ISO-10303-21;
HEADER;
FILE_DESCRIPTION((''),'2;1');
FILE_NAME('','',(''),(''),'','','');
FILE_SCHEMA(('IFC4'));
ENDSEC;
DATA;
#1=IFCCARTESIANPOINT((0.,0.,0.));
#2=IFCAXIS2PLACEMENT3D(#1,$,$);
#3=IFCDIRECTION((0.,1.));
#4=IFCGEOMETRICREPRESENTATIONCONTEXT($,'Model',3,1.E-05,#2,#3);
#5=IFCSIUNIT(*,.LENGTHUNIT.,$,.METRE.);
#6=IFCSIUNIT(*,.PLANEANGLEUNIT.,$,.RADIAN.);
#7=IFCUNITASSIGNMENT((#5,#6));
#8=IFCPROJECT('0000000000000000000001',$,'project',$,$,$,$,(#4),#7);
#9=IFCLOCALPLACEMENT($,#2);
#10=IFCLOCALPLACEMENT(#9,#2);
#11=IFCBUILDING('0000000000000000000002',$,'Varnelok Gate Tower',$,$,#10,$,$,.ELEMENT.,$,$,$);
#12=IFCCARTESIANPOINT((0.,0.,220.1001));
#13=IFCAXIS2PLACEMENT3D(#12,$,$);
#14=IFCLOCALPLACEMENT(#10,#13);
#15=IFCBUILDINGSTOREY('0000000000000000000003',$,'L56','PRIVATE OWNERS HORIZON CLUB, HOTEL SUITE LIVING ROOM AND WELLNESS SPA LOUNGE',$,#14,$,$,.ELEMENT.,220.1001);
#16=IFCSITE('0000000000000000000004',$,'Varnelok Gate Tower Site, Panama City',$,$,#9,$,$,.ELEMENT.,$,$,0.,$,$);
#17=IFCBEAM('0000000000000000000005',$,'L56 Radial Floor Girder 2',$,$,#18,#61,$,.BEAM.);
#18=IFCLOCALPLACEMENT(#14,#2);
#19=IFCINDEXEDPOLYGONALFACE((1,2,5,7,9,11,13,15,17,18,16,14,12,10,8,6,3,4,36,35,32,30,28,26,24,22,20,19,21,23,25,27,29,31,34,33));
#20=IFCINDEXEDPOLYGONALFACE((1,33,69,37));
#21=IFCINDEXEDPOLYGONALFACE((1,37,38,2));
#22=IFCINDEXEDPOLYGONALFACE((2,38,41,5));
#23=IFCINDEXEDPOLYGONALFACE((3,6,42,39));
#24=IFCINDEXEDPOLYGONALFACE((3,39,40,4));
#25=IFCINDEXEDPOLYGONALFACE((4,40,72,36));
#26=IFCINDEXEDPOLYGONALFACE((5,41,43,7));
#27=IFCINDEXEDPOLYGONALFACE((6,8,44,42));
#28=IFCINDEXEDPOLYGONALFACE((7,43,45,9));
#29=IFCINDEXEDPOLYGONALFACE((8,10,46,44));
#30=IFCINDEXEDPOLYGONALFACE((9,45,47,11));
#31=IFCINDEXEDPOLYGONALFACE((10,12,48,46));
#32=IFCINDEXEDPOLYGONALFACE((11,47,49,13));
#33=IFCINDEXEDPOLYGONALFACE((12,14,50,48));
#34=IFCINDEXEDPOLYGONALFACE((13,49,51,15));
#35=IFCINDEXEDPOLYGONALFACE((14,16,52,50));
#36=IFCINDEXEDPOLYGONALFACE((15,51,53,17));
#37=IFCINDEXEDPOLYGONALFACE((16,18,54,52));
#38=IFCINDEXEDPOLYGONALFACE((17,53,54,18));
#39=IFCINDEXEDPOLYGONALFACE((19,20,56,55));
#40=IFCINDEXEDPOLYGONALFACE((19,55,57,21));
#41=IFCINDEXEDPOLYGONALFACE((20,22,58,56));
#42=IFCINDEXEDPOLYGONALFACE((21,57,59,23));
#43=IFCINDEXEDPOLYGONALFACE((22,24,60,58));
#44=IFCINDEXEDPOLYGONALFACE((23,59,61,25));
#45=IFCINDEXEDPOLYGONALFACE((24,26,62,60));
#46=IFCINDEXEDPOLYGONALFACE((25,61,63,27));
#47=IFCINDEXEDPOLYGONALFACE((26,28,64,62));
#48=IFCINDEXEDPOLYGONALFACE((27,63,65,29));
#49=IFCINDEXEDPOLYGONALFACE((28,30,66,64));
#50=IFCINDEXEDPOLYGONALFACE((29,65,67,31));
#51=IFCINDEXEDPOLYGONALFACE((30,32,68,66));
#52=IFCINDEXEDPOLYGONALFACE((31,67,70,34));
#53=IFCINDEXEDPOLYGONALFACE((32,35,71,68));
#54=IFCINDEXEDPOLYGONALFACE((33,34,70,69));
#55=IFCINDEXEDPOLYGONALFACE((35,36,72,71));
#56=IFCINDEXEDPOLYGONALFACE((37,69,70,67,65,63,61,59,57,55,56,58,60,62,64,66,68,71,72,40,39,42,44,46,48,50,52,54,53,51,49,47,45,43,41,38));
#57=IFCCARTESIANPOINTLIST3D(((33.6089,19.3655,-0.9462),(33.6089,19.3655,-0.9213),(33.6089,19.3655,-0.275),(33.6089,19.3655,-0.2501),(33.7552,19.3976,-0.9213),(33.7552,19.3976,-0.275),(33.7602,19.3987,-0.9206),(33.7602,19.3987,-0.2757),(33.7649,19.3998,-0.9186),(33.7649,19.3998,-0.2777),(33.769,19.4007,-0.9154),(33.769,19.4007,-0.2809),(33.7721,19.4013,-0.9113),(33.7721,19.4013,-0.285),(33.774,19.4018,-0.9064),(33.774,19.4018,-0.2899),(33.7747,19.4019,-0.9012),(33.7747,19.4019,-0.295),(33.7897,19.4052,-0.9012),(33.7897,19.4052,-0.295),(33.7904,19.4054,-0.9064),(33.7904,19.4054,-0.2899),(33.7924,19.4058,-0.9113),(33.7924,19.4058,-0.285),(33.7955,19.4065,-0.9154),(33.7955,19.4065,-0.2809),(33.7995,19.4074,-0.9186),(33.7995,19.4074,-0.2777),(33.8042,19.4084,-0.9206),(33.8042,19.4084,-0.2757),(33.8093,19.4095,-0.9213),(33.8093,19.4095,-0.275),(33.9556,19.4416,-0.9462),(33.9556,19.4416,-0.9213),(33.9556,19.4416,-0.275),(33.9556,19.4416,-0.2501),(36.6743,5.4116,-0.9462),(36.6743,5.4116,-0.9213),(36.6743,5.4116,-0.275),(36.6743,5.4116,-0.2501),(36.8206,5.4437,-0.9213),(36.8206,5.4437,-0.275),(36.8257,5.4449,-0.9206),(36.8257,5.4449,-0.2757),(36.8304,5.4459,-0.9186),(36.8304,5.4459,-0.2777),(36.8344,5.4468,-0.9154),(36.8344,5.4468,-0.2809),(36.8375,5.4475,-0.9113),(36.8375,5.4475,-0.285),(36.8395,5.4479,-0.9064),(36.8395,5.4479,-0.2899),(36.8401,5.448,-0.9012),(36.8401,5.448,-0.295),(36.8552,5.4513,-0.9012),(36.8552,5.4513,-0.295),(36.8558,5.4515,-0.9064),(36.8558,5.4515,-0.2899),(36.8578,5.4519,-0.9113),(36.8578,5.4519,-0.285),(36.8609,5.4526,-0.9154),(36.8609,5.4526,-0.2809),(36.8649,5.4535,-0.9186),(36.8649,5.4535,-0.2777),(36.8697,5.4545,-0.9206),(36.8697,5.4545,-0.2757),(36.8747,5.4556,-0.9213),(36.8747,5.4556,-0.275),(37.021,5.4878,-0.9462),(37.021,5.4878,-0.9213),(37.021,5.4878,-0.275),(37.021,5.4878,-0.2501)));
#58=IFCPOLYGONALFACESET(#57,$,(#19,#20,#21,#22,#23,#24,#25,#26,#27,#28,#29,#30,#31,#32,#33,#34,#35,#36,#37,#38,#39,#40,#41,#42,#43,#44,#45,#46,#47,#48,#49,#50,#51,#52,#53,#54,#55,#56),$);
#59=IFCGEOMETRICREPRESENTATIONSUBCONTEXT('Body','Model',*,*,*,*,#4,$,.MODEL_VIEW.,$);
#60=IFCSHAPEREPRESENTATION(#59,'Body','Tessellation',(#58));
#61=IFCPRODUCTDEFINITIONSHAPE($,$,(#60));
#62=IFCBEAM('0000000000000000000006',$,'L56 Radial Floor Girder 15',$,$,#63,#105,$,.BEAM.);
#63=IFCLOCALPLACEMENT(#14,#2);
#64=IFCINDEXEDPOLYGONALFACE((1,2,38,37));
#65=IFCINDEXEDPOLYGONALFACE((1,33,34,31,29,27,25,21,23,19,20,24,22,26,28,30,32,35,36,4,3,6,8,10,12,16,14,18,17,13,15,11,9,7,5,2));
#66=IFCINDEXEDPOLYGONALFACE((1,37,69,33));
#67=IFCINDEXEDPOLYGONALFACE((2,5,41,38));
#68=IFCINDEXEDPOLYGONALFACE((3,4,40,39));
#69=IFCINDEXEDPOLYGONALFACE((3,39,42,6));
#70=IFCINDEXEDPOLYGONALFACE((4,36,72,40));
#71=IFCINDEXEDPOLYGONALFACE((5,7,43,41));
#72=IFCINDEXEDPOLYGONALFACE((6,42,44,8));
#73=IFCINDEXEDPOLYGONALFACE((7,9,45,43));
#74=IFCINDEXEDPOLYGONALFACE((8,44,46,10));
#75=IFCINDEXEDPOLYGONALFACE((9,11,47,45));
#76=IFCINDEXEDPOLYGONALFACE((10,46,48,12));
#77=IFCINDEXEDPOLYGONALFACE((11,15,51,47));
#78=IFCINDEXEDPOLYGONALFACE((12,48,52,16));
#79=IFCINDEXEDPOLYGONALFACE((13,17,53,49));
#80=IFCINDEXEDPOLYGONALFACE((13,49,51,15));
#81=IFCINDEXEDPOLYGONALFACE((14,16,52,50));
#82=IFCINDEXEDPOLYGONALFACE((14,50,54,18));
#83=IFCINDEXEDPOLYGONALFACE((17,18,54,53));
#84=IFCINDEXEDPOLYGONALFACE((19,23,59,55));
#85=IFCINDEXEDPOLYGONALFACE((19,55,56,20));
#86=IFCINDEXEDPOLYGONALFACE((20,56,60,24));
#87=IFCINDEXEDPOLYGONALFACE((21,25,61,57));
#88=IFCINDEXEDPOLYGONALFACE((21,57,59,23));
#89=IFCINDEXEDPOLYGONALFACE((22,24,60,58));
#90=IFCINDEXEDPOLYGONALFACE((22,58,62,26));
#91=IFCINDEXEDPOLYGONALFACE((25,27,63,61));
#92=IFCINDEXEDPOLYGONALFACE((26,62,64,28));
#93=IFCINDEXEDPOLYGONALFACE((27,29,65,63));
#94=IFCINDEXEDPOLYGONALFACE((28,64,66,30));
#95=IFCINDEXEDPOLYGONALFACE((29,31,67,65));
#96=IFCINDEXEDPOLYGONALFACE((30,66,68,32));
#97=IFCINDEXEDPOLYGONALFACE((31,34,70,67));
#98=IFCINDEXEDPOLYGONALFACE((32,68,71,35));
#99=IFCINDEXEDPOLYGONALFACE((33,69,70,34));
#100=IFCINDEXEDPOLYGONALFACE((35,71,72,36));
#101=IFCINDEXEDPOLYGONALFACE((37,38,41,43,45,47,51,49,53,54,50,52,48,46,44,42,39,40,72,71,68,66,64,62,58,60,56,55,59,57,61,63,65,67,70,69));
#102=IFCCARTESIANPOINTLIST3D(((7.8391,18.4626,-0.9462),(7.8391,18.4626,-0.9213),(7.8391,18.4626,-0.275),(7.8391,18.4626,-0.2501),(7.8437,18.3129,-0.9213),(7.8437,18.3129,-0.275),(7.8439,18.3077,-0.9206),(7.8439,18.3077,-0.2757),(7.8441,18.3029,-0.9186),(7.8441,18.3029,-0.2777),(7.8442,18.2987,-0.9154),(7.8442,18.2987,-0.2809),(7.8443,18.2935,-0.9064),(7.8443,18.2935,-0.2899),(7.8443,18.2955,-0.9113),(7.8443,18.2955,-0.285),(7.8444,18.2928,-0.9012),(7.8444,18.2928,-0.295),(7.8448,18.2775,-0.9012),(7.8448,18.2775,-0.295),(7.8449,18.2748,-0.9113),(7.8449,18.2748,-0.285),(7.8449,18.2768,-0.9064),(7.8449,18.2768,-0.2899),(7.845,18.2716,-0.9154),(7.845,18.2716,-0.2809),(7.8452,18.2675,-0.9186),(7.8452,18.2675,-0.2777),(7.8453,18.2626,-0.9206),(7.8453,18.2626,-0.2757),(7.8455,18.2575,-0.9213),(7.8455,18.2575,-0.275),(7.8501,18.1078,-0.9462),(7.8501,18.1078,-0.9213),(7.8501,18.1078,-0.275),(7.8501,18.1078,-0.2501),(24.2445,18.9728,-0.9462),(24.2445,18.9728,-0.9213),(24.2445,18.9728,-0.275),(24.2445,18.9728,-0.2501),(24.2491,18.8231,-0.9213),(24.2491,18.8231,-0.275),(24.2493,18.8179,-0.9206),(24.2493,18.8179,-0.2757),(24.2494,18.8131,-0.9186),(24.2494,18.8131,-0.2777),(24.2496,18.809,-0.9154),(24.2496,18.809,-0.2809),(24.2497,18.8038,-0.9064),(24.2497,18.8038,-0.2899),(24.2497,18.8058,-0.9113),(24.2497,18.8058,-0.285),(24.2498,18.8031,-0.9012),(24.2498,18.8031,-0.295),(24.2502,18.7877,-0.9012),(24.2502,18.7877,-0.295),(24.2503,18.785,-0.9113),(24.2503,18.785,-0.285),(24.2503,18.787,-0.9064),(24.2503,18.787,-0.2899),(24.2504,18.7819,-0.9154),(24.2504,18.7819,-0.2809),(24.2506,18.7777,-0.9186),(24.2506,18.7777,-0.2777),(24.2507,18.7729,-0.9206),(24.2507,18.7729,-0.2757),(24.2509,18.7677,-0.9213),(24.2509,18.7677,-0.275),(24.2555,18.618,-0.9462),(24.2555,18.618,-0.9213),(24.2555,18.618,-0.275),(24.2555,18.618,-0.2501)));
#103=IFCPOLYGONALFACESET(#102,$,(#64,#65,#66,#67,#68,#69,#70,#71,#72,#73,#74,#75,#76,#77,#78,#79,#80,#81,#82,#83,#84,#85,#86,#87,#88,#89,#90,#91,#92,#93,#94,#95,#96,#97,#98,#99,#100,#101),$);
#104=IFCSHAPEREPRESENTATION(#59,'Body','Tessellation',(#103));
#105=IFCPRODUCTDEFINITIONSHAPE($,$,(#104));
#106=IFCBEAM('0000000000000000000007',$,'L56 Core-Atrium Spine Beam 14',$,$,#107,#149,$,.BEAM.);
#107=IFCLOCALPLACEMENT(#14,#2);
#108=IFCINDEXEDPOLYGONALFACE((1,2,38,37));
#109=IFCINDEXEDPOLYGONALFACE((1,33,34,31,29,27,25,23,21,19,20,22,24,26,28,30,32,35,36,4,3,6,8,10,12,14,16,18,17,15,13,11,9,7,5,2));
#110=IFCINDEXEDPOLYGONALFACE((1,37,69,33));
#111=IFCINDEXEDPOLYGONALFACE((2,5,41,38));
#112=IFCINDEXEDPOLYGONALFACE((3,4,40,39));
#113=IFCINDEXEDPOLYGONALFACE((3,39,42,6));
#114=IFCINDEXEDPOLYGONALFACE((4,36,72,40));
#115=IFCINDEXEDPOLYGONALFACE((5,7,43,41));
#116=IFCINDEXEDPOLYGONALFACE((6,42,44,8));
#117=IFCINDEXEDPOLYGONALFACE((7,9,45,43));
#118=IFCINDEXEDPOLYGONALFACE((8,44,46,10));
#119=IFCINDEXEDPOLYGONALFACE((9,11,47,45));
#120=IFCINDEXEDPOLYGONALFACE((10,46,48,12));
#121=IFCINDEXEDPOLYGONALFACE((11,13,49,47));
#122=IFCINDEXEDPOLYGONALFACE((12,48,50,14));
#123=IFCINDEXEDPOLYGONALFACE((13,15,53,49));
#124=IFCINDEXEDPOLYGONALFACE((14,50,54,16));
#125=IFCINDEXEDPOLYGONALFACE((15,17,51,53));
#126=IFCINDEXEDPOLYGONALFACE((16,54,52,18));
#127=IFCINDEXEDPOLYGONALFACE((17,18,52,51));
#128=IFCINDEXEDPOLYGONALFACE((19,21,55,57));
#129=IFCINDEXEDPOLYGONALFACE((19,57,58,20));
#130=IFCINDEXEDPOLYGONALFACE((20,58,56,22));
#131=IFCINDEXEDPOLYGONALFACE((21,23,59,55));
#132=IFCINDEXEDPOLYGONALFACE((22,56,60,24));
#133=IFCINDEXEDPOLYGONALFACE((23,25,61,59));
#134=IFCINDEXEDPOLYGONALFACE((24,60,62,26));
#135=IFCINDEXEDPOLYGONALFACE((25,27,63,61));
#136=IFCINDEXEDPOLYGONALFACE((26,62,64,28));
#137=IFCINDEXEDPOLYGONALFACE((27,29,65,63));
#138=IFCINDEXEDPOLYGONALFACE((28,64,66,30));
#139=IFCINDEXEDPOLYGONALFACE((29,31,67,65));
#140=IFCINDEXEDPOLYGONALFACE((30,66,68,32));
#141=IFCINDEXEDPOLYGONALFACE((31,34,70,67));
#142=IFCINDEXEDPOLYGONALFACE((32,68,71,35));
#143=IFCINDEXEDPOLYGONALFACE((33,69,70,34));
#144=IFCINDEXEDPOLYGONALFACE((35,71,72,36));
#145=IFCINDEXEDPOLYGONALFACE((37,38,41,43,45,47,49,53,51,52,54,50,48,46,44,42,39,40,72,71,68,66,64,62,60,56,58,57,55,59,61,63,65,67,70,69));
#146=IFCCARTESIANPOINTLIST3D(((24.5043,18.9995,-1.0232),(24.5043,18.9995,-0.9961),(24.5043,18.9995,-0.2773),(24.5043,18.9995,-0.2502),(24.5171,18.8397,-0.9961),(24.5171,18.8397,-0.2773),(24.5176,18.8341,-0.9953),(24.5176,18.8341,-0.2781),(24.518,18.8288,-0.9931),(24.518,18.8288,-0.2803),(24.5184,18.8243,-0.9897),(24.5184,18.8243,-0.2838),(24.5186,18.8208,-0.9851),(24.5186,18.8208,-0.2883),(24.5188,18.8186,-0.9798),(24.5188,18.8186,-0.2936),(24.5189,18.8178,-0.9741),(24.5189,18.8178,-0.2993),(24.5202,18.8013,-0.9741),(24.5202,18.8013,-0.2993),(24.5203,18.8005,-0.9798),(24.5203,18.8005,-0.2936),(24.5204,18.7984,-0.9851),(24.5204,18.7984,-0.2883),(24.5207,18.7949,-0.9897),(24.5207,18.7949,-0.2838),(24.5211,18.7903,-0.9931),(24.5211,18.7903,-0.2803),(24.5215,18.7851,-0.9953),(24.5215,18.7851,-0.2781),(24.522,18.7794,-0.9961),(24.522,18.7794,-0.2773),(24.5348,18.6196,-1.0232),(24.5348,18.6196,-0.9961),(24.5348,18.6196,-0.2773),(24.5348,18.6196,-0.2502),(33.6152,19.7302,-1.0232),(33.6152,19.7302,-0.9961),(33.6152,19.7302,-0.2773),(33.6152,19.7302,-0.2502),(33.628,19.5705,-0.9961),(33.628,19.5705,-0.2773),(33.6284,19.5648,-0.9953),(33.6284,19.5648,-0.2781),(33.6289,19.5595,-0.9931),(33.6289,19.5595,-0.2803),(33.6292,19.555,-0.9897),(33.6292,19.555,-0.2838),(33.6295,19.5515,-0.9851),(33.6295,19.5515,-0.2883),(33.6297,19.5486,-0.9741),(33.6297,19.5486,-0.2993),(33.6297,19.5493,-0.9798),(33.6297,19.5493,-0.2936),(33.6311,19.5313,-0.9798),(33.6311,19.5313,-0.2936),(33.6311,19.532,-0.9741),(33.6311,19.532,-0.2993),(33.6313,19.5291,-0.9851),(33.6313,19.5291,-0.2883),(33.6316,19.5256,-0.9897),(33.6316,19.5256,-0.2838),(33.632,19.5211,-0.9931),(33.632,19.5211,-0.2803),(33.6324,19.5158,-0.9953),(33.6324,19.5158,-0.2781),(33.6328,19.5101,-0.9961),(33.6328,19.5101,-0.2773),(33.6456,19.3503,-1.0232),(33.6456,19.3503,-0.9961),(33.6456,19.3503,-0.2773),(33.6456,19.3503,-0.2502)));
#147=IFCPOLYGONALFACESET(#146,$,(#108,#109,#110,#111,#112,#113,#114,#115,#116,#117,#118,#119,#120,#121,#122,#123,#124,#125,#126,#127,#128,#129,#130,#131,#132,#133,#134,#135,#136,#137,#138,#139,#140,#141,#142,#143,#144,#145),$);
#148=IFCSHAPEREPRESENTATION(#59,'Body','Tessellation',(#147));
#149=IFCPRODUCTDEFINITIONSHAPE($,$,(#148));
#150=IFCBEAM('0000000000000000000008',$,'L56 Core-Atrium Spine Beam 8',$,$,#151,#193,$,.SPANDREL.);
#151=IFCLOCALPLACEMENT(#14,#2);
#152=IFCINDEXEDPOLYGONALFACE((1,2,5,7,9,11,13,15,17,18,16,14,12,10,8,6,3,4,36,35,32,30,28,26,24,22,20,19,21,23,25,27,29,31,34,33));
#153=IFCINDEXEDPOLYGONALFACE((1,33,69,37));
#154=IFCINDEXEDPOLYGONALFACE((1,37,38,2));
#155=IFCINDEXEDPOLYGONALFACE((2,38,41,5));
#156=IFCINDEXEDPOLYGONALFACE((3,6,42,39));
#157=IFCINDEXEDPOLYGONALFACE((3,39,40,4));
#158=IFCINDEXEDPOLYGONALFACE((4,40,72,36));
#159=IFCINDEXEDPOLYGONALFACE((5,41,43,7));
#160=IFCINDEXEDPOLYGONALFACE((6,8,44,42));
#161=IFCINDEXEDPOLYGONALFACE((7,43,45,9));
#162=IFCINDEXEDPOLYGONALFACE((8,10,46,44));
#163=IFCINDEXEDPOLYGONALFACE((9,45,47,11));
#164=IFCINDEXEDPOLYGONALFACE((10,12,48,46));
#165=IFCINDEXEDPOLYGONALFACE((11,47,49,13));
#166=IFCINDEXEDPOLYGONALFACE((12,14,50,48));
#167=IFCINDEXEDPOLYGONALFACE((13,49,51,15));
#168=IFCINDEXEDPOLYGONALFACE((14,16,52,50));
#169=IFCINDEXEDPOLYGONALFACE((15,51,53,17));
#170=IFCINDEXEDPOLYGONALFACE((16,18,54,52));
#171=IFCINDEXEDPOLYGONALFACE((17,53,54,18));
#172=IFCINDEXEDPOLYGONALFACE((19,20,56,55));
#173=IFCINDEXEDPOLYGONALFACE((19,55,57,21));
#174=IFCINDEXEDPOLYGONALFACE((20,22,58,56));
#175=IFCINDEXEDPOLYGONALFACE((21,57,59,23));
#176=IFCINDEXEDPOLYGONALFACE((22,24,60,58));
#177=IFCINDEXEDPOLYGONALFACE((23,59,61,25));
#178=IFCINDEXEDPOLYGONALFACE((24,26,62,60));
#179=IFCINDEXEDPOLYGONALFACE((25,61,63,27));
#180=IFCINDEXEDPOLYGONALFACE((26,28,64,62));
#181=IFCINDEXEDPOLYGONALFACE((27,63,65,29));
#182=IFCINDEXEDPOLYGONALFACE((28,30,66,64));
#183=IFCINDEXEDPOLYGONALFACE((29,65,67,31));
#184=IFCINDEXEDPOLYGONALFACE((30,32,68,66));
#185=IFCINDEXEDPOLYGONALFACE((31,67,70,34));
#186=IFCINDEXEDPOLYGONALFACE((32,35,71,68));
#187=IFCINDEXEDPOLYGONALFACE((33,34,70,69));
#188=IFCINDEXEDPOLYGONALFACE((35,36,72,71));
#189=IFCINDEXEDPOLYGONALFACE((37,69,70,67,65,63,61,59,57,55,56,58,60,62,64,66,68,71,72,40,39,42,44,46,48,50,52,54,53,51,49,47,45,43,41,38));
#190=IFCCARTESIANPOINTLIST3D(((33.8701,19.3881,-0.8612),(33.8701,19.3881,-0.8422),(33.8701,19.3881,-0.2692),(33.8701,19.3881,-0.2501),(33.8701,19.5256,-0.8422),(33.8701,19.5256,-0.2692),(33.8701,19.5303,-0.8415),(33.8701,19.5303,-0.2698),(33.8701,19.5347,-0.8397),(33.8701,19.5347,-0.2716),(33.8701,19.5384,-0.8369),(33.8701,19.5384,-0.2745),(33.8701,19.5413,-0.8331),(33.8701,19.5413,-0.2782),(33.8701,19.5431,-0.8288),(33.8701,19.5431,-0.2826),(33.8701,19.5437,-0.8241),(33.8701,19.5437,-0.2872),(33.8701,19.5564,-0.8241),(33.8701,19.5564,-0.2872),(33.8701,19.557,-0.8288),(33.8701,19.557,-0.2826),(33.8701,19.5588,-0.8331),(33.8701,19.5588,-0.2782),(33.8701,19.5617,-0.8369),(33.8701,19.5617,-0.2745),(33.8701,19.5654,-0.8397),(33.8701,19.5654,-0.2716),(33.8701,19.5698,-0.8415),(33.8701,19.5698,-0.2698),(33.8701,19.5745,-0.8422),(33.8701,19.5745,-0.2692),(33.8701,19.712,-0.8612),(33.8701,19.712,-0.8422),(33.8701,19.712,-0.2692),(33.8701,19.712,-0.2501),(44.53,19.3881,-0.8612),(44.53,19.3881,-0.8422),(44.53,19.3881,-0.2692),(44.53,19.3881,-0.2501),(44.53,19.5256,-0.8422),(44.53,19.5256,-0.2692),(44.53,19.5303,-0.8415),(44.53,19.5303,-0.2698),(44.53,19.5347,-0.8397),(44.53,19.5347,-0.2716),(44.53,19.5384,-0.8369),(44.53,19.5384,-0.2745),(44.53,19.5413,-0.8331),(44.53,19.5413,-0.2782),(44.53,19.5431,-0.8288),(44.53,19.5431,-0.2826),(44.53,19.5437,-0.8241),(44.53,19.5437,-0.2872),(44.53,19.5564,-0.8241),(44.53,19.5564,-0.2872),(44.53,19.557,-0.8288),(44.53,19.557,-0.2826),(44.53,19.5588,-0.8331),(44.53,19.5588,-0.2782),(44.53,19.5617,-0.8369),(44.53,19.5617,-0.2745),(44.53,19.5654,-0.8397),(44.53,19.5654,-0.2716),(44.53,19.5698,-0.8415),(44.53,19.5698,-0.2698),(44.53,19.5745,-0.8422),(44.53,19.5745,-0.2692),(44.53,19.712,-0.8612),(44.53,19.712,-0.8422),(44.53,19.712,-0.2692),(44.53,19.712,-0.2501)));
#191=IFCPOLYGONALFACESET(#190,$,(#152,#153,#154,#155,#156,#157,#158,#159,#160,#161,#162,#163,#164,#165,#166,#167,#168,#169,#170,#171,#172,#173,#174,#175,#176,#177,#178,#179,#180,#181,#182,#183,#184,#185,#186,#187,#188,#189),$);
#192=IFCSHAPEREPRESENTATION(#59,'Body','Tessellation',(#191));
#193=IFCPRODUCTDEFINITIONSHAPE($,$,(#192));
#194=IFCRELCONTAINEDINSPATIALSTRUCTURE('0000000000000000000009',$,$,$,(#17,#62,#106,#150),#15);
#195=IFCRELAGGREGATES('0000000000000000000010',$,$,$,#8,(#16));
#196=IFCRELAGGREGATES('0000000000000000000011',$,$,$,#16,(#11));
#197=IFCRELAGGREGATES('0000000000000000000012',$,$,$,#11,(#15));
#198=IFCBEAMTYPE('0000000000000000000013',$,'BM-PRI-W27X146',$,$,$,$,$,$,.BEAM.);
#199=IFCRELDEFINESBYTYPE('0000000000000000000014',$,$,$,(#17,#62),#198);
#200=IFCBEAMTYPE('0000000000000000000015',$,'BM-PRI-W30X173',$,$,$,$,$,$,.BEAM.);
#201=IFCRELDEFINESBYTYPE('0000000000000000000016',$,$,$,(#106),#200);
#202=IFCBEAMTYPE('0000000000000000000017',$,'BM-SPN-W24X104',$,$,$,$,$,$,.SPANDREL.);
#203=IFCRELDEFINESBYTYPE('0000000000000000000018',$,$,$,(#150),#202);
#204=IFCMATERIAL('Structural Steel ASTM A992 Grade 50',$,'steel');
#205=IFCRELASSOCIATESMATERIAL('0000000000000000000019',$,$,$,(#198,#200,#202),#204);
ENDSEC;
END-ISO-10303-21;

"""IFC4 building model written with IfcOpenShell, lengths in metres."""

from ifc_helpers import new_model, si_unit, direction, frame, origin, origin_2d, place, context, subcontext, project, spatial, i_section, extrude, material, material_profile, profile_set, type_object, element, save


model = new_model("IFC4")

# Units and contexts
model_context = context("Model", 3, precision=1e-05, world=origin(), true_north=direction((0.0, 1.0)))
body_context = subcontext(model_context, "Body", "Model", "MODEL_VIEW")
ifc_project = project(units=[si_unit("LENGTHUNIT", "METRE"), si_unit("PLANEANGLEUNIT", "RADIAN")], contexts=[model_context])

# Site, building, storey
site_placement = place(None, origin())
site = spatial("IfcSite", under=ifc_project, at=site_placement, Name="Varnelok Gate Tower Site, Panama City", CompositionType="ELEMENT", RefElevation=0.0)
building_placement = place(site_placement, origin())
building = spatial("IfcBuilding", under=site, at=building_placement, Name="Varnelok Gate Tower", CompositionType="ELEMENT")
storey_placement = place(building_placement, frame((0.0, 0.0, 220.1001)))
storey = spatial("IfcBuildingStorey", under=building, at=storey_placement, Name="L56", Description="PRIVATE OWNERS HORIZON CLUB, HOTEL SUITE LIVING ROOM AND WELLNESS SPA LOUNGE", CompositionType="ELEMENT", Elevation=220.1001)

# Shared definitions
ifc_material_1 = material(Name="Structural Steel ASTM A992 Grade 50", Category="steel")

# Beams
ifc_material_profile_1 = material_profile(ifc_material_1, i_section(OverallWidth=0.355, OverallDepth=0.696, WebThickness=0.0154, FlangeThickness=0.0249, FilletRadius=0.02, at=origin_2d()), Name="W27X146")
ifc_profile_set_1 = profile_set([ifc_material_profile_1], Name="Structural Steel ASTM A992 Grade 50")
beam_type_1 = type_object("IfcBeamType", Name="BM-PRI-W27X146", PredefinedType="BEAM", material=ifc_profile_set_1)
beam_1_placement = place(storey_placement, frame((33.7822, 19.4036, -0.5981), z_axis=(0.214567, -0.976709, 0.0), x_axis=(0.976709, 0.214567, 0.0)))
element("IfcBeam", 1, at=beam_1_placement, inside=storey, type_object=beam_type_1, Name="L56 Radial Floor Girder 2", PredefinedType="BEAM", context=body_context, shape_type="SweptSolid", body=[
    extrude(i_section(OverallWidth=0.355, OverallDepth=0.696, WebThickness=0.0154, FlangeThickness=0.0249, FilletRadius=0.02, at=origin_2d()), origin(), (0.0, 0.0, 1.0), 14.2866),
])
beam_2_placement = place(storey_placement, frame((24.25, 18.7954, -0.5981), z_axis=(-0.999517, -0.031088, 0.0), x_axis=(0.031088, -0.999517, 0.0)))
element("IfcBeam", 2, at=beam_2_placement, inside=storey, type_object=beam_type_1, Name="L56 Radial Floor Girder 15", PredefinedType="BEAM", context=body_context, shape_type="SweptSolid", body=[
    extrude(i_section(OverallWidth=0.355, OverallDepth=0.696, WebThickness=0.0154, FlangeThickness=0.0249, FilletRadius=0.02, at=origin_2d()), origin(), (0.0, 0.0, 1.0), 16.4133),
])
ifc_material_profile_2 = material_profile(ifc_material_1, i_section(OverallWidth=0.3811, OverallDepth=0.7729, WebThickness=0.0166, FlangeThickness=0.0271, FilletRadius=0.022, at=origin_2d()), Name="W30X173")
ifc_profile_set_2 = profile_set([ifc_material_profile_2], Name="Structural Steel ASTM A992 Grade 50")
beam_type_2 = type_object("IfcBeamType", Name="BM-PRI-W30X173", PredefinedType="BEAM", material=ifc_profile_set_2)
beam_3_placement = place(storey_placement, frame((24.5195, 18.8096, -0.6367), z_axis=(0.996799, 0.079946, 0.0), x_axis=(-0.079946, 0.996799, 0.0)))
element("IfcBeam", 3, at=beam_3_placement, inside=storey, type_object=beam_type_2, Name="L56 Core-Atrium Spine Beam 14", PredefinedType="BEAM", context=body_context, shape_type="SweptSolid", body=[
    extrude(i_section(OverallWidth=0.3811, OverallDepth=0.7729, WebThickness=0.0166, FlangeThickness=0.0271, FilletRadius=0.022, at=origin_2d()), origin(), (0.0, 0.0, 1.0), 9.1401),
])
ifc_material_profile_3 = material_profile(ifc_material_1, i_section(OverallWidth=0.324, OverallDepth=0.6111, WebThickness=0.0127, FlangeThickness=0.019, FilletRadius=0.0181, at=origin_2d()), Name="W24X104")
ifc_profile_set_3 = profile_set([ifc_material_profile_3], Name="Structural Steel ASTM A992 Grade 50")
beam_type_3 = type_object("IfcBeamType", Name="BM-SPN-W24X104", PredefinedType="SPANDREL", material=ifc_profile_set_3)
beam_4_placement = place(storey_placement, frame((33.8701, 19.55, -0.5557), z_axis=(1.0, 0.0, 0.0), x_axis=(0.0, 1.0, 0.0)))
element("IfcBeam", 4, at=beam_4_placement, inside=storey, type_object=beam_type_3, Name="L56 Core-Atrium Spine Beam 8", PredefinedType="SPANDREL", context=body_context, shape_type="SweptSolid", body=[
    extrude(i_section(OverallWidth=0.324, OverallDepth=0.6111, WebThickness=0.0127, FlangeThickness=0.019, FilletRadius=0.0181, at=origin_2d()), origin(), (0.0, 0.0, 1.0), 10.6599),
])

save(model, "model.ifc")
